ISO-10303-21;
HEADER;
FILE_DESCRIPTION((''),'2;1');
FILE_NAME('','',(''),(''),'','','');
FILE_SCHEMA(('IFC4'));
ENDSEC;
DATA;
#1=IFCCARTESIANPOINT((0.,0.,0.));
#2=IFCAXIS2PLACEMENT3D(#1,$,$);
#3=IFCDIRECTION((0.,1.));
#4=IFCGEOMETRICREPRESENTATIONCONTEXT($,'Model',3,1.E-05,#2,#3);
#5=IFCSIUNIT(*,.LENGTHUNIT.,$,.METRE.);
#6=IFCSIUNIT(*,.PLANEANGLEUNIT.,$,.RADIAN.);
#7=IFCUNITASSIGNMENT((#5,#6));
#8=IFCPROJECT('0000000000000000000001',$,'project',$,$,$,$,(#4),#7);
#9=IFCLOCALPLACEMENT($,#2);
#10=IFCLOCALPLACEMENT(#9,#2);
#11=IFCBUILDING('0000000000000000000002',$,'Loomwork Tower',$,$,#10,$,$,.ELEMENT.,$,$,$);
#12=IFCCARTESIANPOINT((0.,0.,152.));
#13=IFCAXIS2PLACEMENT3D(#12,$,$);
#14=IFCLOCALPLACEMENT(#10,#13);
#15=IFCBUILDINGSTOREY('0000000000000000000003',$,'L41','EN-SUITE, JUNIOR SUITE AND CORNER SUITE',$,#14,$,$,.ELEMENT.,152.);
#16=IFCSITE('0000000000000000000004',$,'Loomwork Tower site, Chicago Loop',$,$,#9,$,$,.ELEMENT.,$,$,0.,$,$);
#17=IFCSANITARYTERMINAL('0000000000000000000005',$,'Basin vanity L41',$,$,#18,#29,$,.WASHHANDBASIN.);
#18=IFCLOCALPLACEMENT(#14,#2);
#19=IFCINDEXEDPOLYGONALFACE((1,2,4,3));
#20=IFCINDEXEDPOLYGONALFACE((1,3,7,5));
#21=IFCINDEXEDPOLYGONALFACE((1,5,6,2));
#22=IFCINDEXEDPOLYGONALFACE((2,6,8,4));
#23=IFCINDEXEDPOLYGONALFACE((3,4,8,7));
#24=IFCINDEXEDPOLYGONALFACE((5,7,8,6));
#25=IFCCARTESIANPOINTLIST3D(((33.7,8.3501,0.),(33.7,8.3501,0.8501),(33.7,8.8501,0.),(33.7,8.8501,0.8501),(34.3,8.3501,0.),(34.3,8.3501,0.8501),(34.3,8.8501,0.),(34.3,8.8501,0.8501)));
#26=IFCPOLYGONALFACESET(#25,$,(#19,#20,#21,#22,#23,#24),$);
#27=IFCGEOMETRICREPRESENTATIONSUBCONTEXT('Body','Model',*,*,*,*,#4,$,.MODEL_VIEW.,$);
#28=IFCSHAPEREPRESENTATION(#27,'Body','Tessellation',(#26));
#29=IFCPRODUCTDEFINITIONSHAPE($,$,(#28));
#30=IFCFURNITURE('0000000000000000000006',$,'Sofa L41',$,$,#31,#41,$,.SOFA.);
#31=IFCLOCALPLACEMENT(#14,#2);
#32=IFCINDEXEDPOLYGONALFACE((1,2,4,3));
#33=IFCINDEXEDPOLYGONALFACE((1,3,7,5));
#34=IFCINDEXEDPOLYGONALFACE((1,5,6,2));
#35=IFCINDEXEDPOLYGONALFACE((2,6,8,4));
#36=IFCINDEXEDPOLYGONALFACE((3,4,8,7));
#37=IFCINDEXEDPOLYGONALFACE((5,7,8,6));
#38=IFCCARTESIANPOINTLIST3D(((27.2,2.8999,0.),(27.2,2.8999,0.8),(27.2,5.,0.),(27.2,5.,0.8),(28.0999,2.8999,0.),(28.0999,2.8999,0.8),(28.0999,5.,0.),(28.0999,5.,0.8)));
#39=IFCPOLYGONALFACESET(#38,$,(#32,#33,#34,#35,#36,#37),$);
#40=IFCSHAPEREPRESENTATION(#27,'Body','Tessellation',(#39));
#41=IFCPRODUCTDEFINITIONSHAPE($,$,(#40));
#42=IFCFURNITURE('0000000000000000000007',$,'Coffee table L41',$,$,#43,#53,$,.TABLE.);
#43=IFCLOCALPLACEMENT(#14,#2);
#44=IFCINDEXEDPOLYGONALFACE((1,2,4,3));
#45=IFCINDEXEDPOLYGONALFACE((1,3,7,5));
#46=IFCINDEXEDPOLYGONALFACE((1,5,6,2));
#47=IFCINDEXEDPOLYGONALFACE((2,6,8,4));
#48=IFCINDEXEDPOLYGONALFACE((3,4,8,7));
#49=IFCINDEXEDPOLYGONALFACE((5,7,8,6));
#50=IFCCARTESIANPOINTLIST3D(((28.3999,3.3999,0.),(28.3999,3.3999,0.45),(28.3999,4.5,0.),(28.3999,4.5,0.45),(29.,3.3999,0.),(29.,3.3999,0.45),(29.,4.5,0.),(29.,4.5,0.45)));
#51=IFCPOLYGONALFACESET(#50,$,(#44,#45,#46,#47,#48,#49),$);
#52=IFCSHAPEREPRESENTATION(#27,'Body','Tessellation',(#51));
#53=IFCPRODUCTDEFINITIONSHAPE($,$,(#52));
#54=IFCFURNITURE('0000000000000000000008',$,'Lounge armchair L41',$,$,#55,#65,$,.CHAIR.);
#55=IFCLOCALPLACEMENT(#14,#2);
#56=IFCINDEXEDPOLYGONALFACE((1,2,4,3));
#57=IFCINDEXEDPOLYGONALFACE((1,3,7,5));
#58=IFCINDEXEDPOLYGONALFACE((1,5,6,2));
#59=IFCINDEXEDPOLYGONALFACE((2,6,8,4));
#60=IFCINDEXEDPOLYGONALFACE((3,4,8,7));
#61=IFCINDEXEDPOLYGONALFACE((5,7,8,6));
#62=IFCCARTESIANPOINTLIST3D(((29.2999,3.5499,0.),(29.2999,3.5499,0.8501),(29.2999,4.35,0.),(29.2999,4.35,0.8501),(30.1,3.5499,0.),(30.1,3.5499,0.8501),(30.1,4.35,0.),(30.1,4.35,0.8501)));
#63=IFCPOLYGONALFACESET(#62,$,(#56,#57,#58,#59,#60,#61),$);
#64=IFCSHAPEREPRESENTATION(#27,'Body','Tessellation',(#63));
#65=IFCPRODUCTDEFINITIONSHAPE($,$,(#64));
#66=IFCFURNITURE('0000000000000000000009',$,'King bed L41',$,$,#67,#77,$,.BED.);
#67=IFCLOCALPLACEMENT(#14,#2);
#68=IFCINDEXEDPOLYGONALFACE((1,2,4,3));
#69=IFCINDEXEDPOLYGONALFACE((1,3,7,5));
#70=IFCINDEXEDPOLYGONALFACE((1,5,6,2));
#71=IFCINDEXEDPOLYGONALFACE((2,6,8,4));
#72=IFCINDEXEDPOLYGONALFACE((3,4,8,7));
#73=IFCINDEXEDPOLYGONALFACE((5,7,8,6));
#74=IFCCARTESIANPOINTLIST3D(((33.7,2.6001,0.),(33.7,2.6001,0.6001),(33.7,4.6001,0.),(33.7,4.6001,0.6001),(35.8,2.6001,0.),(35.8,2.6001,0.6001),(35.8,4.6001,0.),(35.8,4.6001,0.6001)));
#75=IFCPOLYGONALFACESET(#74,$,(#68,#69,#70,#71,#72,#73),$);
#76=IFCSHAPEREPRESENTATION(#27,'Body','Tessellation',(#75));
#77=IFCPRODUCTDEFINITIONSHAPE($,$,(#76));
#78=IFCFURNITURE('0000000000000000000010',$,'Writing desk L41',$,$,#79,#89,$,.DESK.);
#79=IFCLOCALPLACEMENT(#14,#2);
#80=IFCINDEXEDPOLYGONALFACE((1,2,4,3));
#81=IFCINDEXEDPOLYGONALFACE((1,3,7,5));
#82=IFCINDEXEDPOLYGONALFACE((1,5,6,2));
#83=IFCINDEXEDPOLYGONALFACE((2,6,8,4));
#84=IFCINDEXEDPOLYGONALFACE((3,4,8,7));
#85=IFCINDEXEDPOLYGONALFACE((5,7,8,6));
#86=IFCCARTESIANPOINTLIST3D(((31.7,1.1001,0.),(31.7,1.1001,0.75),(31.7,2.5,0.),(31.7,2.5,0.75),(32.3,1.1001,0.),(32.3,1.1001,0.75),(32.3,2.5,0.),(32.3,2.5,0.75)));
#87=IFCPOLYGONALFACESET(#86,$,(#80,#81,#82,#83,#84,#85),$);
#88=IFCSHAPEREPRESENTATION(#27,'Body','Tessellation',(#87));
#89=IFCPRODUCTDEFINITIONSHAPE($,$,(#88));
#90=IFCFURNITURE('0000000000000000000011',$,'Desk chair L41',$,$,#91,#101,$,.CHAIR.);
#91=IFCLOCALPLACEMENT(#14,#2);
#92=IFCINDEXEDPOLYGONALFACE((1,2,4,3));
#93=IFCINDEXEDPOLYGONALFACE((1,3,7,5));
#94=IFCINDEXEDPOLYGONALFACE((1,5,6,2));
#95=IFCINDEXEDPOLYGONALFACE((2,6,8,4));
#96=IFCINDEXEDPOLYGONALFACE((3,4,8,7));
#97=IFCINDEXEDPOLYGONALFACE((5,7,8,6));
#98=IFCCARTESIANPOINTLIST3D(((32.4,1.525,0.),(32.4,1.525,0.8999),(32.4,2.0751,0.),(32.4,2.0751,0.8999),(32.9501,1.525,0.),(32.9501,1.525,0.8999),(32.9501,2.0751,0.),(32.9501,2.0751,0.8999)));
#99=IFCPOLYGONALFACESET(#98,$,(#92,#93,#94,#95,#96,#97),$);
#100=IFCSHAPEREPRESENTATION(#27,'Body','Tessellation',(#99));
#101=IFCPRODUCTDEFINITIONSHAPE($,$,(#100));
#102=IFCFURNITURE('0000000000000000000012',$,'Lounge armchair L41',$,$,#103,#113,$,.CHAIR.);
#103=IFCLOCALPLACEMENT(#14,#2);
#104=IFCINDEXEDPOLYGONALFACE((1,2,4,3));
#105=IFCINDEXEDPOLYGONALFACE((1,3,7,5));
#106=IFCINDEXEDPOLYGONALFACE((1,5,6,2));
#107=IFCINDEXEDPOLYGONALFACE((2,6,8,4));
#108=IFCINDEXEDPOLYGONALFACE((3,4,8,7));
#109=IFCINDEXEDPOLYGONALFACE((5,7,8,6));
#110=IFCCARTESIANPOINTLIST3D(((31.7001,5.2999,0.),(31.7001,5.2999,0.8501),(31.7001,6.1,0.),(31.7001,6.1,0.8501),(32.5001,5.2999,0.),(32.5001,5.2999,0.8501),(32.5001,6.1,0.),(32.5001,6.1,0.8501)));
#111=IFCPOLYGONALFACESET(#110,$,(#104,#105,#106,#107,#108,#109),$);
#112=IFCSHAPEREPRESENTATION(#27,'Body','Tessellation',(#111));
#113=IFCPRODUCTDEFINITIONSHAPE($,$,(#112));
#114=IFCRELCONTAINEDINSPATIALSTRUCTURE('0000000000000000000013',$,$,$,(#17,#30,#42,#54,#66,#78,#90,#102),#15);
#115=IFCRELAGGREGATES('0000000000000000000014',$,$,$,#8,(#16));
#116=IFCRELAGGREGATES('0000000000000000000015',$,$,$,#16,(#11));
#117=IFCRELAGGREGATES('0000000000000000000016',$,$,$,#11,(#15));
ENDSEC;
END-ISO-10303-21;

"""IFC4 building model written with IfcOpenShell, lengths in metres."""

from ifc_helpers import new_model, si_unit, direction, frame, origin, origin_2d, place, context, subcontext, project, spatial, rectangle, extrude, element, save


model = new_model("IFC4")

# Units and contexts
model_context = context("Model", 3, precision=1e-05, world=origin(), true_north=direction((0.0, 1.0)))
body_context = subcontext(model_context, "Body", "Model", "MODEL_VIEW")
ifc_project = project(units=[si_unit("LENGTHUNIT", "METRE"), si_unit("PLANEANGLEUNIT", "RADIAN")], contexts=[model_context])

# Site, building, storey
site_placement = place(None, origin())
site = spatial("IfcSite", under=ifc_project, at=site_placement, Name="Loomwork Tower site, Chicago Loop", CompositionType="ELEMENT", RefElevation=0.0)
building_placement = place(site_placement, origin())
building = spatial("IfcBuilding", under=site, at=building_placement, Name="Loomwork Tower", CompositionType="ELEMENT")
storey_placement = place(building_placement, frame((0.0, 0.0, 152.0)))
storey = spatial("IfcBuildingStorey", under=building, at=storey_placement, Name="L41", Description="EN-SUITE, JUNIOR SUITE AND CORNER SUITE", CompositionType="ELEMENT", Elevation=152.0)

# Sanitary terminal
sanitary_terminal_1_placement = place(storey_placement, frame((34.0, 8.6001, 0.0), z_axis=(0.0, 0.0, 1.0), x_axis=(1.0, 0.0, 0.0)))
element("IfcSanitaryTerminal", 1, at=sanitary_terminal_1_placement, inside=storey, Name="Basin vanity L41", PredefinedType="WASHHANDBASIN", context=body_context, shape_type="SweptSolid", body=[
    extrude(rectangle(XDim=0.6001, YDim=0.5, at=origin_2d()), origin(), (0.0, 0.0, 1.0), 0.8501),
])

# Furniture
furniture_1_placement = place(storey_placement, frame((27.6499, 3.95, 0.0), z_axis=(0.0, 0.0, 1.0), x_axis=(1.0, 0.0, 0.0)))
element("IfcFurniture", 2, at=furniture_1_placement, inside=storey, Name="Sofa L41", PredefinedType="SOFA", context=body_context, shape_type="SweptSolid", body=[
    extrude(rectangle(XDim=0.8999, YDim=2.1001, at=origin_2d()), origin(), (0.0, 0.0, 1.0), 0.8),
])
furniture_2_placement = place(storey_placement, frame((28.7, 3.95, 0.0), z_axis=(0.0, 0.0, 1.0), x_axis=(1.0, 0.0, 0.0)))
element("IfcFurniture", 3, at=furniture_2_placement, inside=storey, Name="Coffee table L41", PredefinedType="TABLE", context=body_context, shape_type="SweptSolid", body=[
    extrude(rectangle(XDim=0.6001, YDim=1.1001, at=origin_2d()), origin(), (0.0, 0.0, 1.0), 0.45),
])
furniture_3_placement = place(storey_placement, frame((29.7, 3.95, 0.0), z_axis=(0.0, 0.0, 1.0), x_axis=(1.0, 0.0, 0.0)))
element("IfcFurniture", 4, at=furniture_3_placement, inside=storey, Name="Lounge armchair L41", PredefinedType="CHAIR", context=body_context, shape_type="SweptSolid", body=[
    extrude(rectangle(XDim=0.8, YDim=0.8, at=origin_2d()), origin(), (0.0, 0.0, 1.0), 0.8501),
])
furniture_4_placement = place(storey_placement, frame((34.75, 3.6001, 0.0), z_axis=(0.0, 0.0, 1.0), x_axis=(1.0, 0.0, 0.0)))
element("IfcFurniture", 5, at=furniture_4_placement, inside=storey, Name="King bed L41", PredefinedType="BED", context=body_context, shape_type="SweptSolid", body=[
    extrude(rectangle(XDim=2.1001, YDim=2.0, at=origin_2d()), origin(), (0.0, 0.0, 1.0), 0.6001),
])
furniture_5_placement = place(storey_placement, frame((32.0, 1.8, 0.0), z_axis=(0.0, 0.0, 1.0), x_axis=(1.0, 0.0, 0.0)))
element("IfcFurniture", 6, at=furniture_5_placement, inside=storey, Name="Writing desk L41", PredefinedType="DESK", context=body_context, shape_type="SweptSolid", body=[
    extrude(rectangle(XDim=0.6001, YDim=1.3999, at=origin_2d()), origin(), (0.0, 0.0, 1.0), 0.75),
])
furniture_6_placement = place(storey_placement, frame((32.675, 1.8, 0.0), z_axis=(0.0, 0.0, 1.0), x_axis=(1.0, 0.0, 0.0)))
element("IfcFurniture", 7, at=furniture_6_placement, inside=storey, Name="Desk chair L41", PredefinedType="CHAIR", context=body_context, shape_type="SweptSolid", body=[
    extrude(rectangle(XDim=0.55, YDim=0.55, at=origin_2d()), origin(), (0.0, 0.0, 1.0), 0.8999),
])
furniture_7_placement = place(storey_placement, frame((32.1001, 5.7, 0.0), z_axis=(0.0, 0.0, 1.0), x_axis=(1.0, 0.0, 0.0)))
element("IfcFurniture", 8, at=furniture_7_placement, inside=storey, Name="Lounge armchair L41", PredefinedType="CHAIR", context=body_context, shape_type="SweptSolid", body=[
    extrude(rectangle(XDim=0.8, YDim=0.8, at=origin_2d()), origin(), (0.0, 0.0, 1.0), 0.8501),
])

save(model, "model.ifc")
